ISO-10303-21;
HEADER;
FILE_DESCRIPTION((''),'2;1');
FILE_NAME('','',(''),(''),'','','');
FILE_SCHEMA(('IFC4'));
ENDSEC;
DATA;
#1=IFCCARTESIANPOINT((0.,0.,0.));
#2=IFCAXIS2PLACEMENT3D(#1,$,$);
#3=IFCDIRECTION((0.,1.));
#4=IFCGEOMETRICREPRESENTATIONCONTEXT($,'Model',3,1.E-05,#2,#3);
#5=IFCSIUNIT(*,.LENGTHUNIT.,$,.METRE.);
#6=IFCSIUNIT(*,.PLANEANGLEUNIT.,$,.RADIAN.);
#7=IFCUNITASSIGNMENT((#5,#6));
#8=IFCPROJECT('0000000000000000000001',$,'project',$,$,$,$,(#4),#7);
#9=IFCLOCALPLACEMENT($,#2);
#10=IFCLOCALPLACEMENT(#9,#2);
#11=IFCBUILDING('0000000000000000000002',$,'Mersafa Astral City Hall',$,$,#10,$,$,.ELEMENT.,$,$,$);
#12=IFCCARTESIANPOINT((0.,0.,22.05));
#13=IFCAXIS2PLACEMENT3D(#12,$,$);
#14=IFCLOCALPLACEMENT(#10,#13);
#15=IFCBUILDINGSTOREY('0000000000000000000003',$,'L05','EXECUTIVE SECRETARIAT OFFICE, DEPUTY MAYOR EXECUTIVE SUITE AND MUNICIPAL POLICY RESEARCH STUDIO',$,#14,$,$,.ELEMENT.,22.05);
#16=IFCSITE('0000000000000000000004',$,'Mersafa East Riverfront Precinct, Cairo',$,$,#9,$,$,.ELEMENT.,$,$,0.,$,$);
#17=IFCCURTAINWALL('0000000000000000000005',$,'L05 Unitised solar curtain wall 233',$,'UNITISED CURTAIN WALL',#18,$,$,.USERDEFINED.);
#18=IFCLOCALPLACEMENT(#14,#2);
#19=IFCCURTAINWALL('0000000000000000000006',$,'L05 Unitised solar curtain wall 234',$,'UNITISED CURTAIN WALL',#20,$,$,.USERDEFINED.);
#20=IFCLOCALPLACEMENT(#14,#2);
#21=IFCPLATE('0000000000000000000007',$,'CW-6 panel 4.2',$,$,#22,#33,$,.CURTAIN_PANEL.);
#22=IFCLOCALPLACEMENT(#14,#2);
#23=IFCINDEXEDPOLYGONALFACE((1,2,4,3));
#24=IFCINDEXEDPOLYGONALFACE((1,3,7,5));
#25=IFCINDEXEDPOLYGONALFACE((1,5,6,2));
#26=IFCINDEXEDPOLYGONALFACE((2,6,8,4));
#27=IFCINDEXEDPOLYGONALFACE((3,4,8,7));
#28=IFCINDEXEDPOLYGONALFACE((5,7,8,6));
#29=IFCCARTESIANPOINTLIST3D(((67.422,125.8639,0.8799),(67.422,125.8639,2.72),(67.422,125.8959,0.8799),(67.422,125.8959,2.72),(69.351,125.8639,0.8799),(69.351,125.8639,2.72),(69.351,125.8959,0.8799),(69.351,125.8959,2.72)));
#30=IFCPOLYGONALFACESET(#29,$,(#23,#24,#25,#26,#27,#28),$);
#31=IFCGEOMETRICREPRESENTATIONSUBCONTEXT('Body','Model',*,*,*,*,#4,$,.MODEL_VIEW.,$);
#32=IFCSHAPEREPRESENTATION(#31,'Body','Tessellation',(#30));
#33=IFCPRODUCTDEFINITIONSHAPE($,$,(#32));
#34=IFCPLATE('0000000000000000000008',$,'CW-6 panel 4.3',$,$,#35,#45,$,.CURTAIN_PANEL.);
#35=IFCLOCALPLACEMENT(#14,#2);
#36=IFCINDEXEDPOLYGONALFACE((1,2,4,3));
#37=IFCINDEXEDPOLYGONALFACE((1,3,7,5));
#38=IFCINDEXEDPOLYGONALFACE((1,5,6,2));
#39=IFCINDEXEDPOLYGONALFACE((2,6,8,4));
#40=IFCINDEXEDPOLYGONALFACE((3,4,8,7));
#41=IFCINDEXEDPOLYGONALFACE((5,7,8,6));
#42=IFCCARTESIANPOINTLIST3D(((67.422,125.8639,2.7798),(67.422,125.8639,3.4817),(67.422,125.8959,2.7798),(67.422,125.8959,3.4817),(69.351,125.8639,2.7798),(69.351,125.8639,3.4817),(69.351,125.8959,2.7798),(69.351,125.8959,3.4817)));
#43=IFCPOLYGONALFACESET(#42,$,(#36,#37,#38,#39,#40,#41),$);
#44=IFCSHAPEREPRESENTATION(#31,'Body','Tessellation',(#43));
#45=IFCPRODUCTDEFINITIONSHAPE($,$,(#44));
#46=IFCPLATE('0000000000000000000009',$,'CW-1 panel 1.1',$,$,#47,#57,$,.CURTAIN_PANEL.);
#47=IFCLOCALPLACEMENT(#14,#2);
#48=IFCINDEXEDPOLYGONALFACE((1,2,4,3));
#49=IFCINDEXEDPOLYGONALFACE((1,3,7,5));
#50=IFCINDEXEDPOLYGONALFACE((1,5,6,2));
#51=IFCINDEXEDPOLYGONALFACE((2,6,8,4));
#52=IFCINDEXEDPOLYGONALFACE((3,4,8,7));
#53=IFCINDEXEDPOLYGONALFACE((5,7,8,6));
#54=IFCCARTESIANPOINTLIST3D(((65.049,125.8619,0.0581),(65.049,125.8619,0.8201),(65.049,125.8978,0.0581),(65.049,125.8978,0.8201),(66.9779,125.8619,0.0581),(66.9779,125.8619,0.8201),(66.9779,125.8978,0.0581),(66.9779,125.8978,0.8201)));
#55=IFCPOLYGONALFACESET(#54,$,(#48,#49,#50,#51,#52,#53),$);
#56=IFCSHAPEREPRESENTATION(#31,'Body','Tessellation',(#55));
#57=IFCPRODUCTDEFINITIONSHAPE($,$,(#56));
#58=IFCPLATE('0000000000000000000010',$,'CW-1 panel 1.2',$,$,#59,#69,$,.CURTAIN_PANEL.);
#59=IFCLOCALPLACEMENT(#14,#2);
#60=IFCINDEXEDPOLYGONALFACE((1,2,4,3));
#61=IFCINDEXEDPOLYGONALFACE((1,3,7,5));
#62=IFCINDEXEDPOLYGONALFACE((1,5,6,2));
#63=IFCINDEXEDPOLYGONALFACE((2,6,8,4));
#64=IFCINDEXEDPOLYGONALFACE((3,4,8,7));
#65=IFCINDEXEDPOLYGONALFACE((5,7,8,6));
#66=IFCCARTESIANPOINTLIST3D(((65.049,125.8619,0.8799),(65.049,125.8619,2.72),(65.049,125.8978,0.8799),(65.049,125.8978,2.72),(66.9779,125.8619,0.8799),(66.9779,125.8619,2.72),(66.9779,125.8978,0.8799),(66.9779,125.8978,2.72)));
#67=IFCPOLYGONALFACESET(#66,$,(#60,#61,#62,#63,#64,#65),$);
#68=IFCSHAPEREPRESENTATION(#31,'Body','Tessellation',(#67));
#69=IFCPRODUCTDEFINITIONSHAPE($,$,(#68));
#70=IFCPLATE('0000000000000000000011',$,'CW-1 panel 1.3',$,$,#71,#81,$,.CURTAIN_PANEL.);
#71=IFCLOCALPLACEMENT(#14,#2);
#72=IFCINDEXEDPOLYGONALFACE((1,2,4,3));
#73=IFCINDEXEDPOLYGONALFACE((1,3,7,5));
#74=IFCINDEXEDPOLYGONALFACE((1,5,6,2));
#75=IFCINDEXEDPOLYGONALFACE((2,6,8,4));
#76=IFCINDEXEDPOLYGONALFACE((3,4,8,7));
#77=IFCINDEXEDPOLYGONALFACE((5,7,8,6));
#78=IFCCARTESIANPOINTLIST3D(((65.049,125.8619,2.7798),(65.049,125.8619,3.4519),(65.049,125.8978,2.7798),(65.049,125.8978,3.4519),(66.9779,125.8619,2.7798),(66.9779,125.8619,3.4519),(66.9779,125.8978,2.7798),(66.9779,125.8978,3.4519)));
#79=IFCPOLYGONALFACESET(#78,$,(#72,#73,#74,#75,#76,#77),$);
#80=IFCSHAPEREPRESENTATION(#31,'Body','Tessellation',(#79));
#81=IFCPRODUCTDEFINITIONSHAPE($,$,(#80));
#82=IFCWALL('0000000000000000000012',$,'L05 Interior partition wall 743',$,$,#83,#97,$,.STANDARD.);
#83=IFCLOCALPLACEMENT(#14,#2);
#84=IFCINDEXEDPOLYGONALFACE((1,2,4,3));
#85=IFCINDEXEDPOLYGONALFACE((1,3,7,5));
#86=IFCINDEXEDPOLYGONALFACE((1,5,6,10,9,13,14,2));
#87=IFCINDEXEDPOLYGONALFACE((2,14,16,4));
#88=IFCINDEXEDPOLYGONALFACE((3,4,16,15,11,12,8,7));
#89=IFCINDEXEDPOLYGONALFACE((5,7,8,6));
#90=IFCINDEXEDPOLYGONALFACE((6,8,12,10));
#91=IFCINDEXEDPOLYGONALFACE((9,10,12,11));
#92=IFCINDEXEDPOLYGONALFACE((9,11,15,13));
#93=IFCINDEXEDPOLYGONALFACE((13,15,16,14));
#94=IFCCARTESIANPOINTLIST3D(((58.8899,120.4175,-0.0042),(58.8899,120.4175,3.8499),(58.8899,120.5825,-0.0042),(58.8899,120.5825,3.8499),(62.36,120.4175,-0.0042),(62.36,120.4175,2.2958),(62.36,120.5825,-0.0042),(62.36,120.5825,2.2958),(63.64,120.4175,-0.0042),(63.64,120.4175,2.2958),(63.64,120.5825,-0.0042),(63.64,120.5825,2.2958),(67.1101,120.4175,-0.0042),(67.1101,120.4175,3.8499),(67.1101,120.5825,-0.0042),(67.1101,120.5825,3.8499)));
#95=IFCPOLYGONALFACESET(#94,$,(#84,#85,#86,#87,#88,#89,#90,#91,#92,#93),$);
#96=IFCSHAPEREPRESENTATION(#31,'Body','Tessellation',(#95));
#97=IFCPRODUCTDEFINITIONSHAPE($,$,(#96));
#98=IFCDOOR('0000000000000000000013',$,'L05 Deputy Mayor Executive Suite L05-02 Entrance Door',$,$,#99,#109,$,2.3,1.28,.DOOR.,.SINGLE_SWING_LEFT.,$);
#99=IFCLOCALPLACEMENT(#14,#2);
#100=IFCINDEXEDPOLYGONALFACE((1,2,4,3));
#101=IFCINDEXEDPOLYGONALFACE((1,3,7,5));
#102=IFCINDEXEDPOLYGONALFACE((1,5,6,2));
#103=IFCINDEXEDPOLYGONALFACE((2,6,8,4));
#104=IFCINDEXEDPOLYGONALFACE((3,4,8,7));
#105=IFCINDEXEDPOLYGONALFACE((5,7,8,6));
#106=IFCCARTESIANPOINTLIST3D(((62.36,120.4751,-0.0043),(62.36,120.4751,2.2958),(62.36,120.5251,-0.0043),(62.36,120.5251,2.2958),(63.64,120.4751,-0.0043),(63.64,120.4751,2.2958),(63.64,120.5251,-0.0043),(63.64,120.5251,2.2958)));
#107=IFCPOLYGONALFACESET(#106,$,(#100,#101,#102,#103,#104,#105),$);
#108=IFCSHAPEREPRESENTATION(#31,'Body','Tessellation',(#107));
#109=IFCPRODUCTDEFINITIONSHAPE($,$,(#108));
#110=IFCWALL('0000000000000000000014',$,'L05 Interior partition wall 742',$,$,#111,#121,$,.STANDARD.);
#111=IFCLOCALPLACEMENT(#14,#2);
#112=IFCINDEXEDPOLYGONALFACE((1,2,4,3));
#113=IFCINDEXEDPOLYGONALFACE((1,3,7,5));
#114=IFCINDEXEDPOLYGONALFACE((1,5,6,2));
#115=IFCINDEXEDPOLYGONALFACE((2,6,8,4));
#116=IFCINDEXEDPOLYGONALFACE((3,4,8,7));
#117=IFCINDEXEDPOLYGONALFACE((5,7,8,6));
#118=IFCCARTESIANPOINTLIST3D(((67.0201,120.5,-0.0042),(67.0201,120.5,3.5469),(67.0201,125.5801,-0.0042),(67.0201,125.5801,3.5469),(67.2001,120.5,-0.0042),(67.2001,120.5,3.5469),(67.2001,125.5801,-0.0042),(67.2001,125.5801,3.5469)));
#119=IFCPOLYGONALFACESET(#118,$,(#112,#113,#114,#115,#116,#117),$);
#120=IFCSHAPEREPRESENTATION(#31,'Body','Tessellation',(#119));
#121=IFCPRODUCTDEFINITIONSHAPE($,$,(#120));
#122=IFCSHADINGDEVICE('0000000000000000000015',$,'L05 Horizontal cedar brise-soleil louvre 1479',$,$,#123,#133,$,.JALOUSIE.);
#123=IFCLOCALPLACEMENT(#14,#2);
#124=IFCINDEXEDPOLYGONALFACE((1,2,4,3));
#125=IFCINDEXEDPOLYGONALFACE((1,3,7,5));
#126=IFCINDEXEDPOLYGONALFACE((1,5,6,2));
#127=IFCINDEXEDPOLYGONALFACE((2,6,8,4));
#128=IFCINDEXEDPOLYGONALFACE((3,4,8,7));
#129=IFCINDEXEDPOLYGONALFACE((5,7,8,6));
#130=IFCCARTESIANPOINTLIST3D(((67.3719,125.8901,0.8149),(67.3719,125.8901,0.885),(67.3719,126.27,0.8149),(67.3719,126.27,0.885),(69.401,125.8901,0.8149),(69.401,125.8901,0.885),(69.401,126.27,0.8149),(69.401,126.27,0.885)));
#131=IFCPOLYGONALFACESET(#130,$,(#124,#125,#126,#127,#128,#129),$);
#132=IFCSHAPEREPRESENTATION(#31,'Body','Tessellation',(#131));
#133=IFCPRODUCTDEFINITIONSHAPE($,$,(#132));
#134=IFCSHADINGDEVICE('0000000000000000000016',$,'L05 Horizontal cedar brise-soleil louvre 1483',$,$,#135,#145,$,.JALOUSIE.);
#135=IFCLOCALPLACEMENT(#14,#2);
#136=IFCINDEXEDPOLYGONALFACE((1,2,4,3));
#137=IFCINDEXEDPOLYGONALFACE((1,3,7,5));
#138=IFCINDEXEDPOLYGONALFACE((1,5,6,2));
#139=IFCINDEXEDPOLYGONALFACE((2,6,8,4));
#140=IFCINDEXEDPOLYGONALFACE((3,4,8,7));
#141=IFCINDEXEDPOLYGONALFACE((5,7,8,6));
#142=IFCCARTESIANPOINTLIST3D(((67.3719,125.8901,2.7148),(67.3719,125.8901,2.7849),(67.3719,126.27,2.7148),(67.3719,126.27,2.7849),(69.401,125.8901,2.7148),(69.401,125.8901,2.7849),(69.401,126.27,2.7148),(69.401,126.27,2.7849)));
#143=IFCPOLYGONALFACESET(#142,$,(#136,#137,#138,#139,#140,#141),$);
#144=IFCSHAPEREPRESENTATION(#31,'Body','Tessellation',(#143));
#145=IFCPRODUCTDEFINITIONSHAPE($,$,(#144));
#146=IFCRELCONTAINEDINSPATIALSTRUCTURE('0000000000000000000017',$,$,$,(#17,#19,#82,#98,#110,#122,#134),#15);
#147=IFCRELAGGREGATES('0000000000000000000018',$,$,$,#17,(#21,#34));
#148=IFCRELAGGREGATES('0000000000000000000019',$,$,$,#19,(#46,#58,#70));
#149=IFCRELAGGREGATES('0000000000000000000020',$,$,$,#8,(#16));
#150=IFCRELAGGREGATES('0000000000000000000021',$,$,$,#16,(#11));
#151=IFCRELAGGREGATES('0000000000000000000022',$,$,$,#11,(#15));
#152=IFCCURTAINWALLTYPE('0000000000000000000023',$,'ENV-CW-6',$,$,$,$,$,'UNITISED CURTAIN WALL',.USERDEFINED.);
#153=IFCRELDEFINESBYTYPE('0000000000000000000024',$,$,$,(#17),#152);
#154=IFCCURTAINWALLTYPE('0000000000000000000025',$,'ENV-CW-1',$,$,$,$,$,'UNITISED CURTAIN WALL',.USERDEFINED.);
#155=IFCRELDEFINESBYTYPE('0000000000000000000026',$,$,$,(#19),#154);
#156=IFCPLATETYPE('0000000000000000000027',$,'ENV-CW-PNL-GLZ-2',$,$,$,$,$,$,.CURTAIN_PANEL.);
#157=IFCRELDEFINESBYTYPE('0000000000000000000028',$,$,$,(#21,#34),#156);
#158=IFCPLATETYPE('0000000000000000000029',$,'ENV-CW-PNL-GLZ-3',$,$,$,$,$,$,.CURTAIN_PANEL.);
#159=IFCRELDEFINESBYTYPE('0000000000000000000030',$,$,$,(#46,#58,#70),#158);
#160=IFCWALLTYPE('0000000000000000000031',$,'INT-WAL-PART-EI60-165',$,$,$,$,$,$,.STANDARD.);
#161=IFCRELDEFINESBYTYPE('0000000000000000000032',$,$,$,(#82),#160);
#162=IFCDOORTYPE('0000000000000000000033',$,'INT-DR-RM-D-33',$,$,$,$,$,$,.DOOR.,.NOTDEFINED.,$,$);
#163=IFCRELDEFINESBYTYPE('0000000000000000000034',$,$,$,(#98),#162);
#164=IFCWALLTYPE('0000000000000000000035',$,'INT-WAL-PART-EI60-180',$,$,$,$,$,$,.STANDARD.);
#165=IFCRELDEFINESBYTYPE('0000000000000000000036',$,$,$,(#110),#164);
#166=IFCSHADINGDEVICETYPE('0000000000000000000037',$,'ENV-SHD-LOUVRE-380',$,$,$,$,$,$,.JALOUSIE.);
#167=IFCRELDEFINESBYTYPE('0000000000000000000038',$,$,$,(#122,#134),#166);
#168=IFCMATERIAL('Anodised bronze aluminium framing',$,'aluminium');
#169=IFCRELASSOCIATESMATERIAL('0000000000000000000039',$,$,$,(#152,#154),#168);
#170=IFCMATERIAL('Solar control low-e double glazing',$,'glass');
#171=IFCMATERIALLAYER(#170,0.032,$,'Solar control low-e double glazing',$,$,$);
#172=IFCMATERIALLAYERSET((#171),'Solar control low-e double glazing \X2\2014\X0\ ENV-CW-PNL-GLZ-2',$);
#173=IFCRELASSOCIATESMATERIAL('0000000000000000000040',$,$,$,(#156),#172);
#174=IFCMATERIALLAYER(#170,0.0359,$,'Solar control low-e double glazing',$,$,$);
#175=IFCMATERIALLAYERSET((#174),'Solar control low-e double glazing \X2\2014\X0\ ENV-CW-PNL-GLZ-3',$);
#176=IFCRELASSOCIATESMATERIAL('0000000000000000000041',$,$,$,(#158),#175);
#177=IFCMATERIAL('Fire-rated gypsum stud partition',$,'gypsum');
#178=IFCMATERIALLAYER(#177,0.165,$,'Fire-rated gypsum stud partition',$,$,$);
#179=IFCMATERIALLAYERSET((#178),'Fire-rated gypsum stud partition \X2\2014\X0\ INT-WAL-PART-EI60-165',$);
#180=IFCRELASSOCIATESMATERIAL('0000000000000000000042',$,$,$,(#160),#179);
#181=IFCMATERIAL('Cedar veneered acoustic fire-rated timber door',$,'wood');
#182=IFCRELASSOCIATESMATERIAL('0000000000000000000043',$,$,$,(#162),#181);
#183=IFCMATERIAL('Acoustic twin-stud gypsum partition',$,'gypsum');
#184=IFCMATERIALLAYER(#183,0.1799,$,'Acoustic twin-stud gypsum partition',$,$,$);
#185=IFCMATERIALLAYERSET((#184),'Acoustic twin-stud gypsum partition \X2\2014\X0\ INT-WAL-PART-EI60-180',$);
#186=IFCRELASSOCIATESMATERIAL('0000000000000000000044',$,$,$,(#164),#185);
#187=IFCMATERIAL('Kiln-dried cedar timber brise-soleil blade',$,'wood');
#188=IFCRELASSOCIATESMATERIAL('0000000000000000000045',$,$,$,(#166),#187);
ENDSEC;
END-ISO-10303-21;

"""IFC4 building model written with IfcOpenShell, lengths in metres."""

from ifc_helpers import new_model, si_unit, direction, frame, frame_2d, origin, origin_2d, place, context, subcontext, project, spatial, rectangle, extrude, material, layer, layer_set, type_object, element, fill, aggregate, save


model = new_model("IFC4")

# Units and contexts
model_context = context("Model", 3, precision=1e-05, world=origin(), true_north=direction((0.0, 1.0)))
body_context = subcontext(model_context, "Body", "Model", "MODEL_VIEW")
ifc_project = project(units=[si_unit("LENGTHUNIT", "METRE"), si_unit("PLANEANGLEUNIT", "RADIAN")], contexts=[model_context])

# Site, building, storey
site_placement = place(None, origin())
site = spatial("IfcSite", under=ifc_project, at=site_placement, Name="Mersafa East Riverfront Precinct, Cairo", CompositionType="ELEMENT", RefElevation=0.0)
building_placement = place(site_placement, origin())
building = spatial("IfcBuilding", under=site, at=building_placement, Name="Mersafa Astral City Hall", CompositionType="ELEMENT")
storey_placement = place(building_placement, frame((0.0, 0.0, 22.05)))
storey = spatial("IfcBuildingStorey", under=building, at=storey_placement, Name="L05", Description="EXECUTIVE SECRETARIAT OFFICE, DEPUTY MAYOR EXECUTIVE SUITE AND MUNICIPAL POLICY RESEARCH STUDIO", CompositionType="ELEMENT", Elevation=22.05)

# Curtain wall
ifc_material_1 = material(Name="Anodised bronze aluminium framing", Category="aluminium")
curtain_wall_type_1 = type_object("IfcCurtainWallType", Name="ENV-CW-6", ElementType="UNITISED CURTAIN WALL", PredefinedType="USERDEFINED", material=ifc_material_1)
curtain_wall_1_placement = place(storey_placement, origin())
curtain_wall_1 = element("IfcCurtainWall", 1, at=curtain_wall_1_placement, inside=storey, type_object=curtain_wall_type_1, Name="L05 Unitised solar curtain wall 233", ObjectType="UNITISED CURTAIN WALL", PredefinedType="USERDEFINED")

# Curtain wall
curtain_wall_type_2 = type_object("IfcCurtainWallType", Name="ENV-CW-1", ElementType="UNITISED CURTAIN WALL", PredefinedType="USERDEFINED", material=ifc_material_1)
curtain_wall_2_placement = place(storey_placement, origin())
curtain_wall_2 = element("IfcCurtainWall", 2, at=curtain_wall_2_placement, inside=storey, type_object=curtain_wall_type_2, Name="L05 Unitised solar curtain wall 234", ObjectType="UNITISED CURTAIN WALL", PredefinedType="USERDEFINED")

# Plates
ifc_material_2 = material(Name="Solar control low-e double glazing", Category="glass")
ifc_layer_1 = layer(ifc_material_2, 0.032, Name="Solar control low-e double glazing")
ifc_layer_set_1 = layer_set([ifc_layer_1], Name="Solar control low-e double glazing — ENV-CW-PNL-GLZ-2")
plate_type_1 = type_object("IfcPlateType", Name="ENV-CW-PNL-GLZ-2", PredefinedType="CURTAIN_PANEL", material=ifc_layer_set_1)
plate_1_placement = place(storey_placement, frame((68.3865, 125.8799, 0.8799), z_axis=(0.0, 0.0, 1.0), x_axis=(-1.0, 0.0, 0.0)))
plate_1 = element("IfcPlate", 3, at=plate_1_placement, type_object=plate_type_1, Name="CW-6 panel 4.2", PredefinedType="CURTAIN_PANEL", context=body_context, shape_type="SweptSolid", body=[
    extrude(rectangle(XDim=1.929, YDim=0.032, at=origin_2d()), origin(), (0.0, 0.0, 1.0), 1.8401),
])
plate_2_placement = place(storey_placement, frame((68.3865, 125.8799, 2.7798), z_axis=(0.0, 0.0, 1.0), x_axis=(-1.0, 0.0, 0.0)))
plate_2 = element("IfcPlate", 4, at=plate_2_placement, type_object=plate_type_1, Name="CW-6 panel 4.3", PredefinedType="CURTAIN_PANEL", context=body_context, shape_type="SweptSolid", body=[
    extrude(rectangle(XDim=1.929, YDim=0.032, at=origin_2d()), origin(), (0.0, 0.0, 1.0), 0.7019),
])
aggregate(curtain_wall_1, [plate_1, plate_2])
ifc_layer_2 = layer(ifc_material_2, 0.0359, Name="Solar control low-e double glazing")
ifc_layer_set_2 = layer_set([ifc_layer_2], Name="Solar control low-e double glazing — ENV-CW-PNL-GLZ-3")
plate_type_2 = type_object("IfcPlateType", Name="ENV-CW-PNL-GLZ-3", PredefinedType="CURTAIN_PANEL", material=ifc_layer_set_2)
plate_3_placement = place(storey_placement, frame((66.0134, 125.8799, 0.0581), z_axis=(0.0, 0.0, 1.0), x_axis=(-1.0, 0.0, 0.0)))
plate_3 = element("IfcPlate", 5, at=plate_3_placement, type_object=plate_type_2, Name="CW-1 panel 1.1", PredefinedType="CURTAIN_PANEL", context=body_context, shape_type="SweptSolid", body=[
    extrude(rectangle(XDim=1.929, YDim=0.0359, at=origin_2d()), origin(), (0.0, 0.0, 1.0), 0.762),
])
plate_4_placement = place(storey_placement, frame((66.0134, 125.8799, 0.8799), z_axis=(0.0, 0.0, 1.0), x_axis=(-1.0, 0.0, 0.0)))
plate_4 = element("IfcPlate", 6, at=plate_4_placement, type_object=plate_type_2, Name="CW-1 panel 1.2", PredefinedType="CURTAIN_PANEL", context=body_context, shape_type="SweptSolid", body=[
    extrude(rectangle(XDim=1.929, YDim=0.0359, at=origin_2d()), origin(), (0.0, 0.0, 1.0), 1.8401),
])
plate_5_placement = place(storey_placement, frame((66.0134, 125.8799, 2.7798), z_axis=(0.0, 0.0, 1.0), x_axis=(-1.0, 0.0, 0.0)))
plate_5 = element("IfcPlate", 7, at=plate_5_placement, type_object=plate_type_2, Name="CW-1 panel 1.3", PredefinedType="CURTAIN_PANEL", context=body_context, shape_type="SweptSolid", body=[
    extrude(rectangle(XDim=1.929, YDim=0.0359, at=origin_2d()), origin(), (0.0, 0.0, 1.0), 0.6721),
])
aggregate(curtain_wall_2, [plate_3, plate_4, plate_5])

# Wall, opening, door
ifc_material_3 = material(Name="Fire-rated gypsum stud partition", Category="gypsum")
ifc_layer_3 = layer(ifc_material_3, 0.165, Name="Fire-rated gypsum stud partition")
ifc_layer_set_3 = layer_set([ifc_layer_3], Name="Fire-rated gypsum stud partition — INT-WAL-PART-EI60-165")
wall_type_1 = type_object("IfcWallType", Name="INT-WAL-PART-EI60-165", PredefinedType="STANDARD", material=ifc_layer_set_3)
wall_1_placement = place(storey_placement, frame((67.1101, 120.5, -0.0042), z_axis=(0.0, 0.0, 1.0), x_axis=(-1.0, 0.0, 0.0)))
wall_1 = element("IfcWall", 8, at=wall_1_placement, inside=storey, type_object=wall_type_1, Name="L05 Interior partition wall 743", PredefinedType="STANDARD", context=body_context, shape_type="SweptSolid", body=[
    extrude(rectangle(XDim=8.2202, YDim=0.165, at=frame_2d((4.1101, 0.0))), origin(), (0.0, 0.0, 1.0), 3.854),
])
opening_placement = place(wall_1_placement, frame((3.47, 0.0, 0.0)))
opening = element("IfcOpeningElement", 9, at=opening_placement, cuts=wall_1, PredefinedType="OPENING", context=body_context, shape_type="SweptSolid", body=[
    extrude(rectangle(XDim=1.28, YDim=2.3, at=frame_2d((0.6401, 1.1499))), frame((0.0, 0.0925, 0.0), z_axis=(0.0, -1.0, 0.0), x_axis=(1.0, 0.0, 0.0)), (0.0, 0.0, 1.0), 0.1851),
])
ifc_material_4 = material(Name="Cedar veneered acoustic fire-rated timber door", Category="wood")
door_type = type_object("IfcDoorType", Name="INT-DR-RM-D-33", OperationType="NOTDEFINED", PredefinedType="DOOR", material=ifc_material_4)
door_placement = place(opening_placement, origin())
door = element("IfcDoor", 10, at=door_placement, inside=storey, type_object=door_type, Name="L05 Deputy Mayor Executive Suite L05-02 Entrance Door", OperationType="SINGLE_SWING_LEFT", OverallHeight=2.3, OverallWidth=1.28, PredefinedType="DOOR", context=body_context, shape_type="SweptSolid", body=[
    extrude(rectangle(XDim=1.28, YDim=2.3, at=frame_2d((0.6401, 1.1499))), frame((0.0, 0.0249, 0.0), z_axis=(0.0, -1.0, 0.0), x_axis=(1.0, 0.0, 0.0)), (0.0, 0.0, 1.0), 0.05),
])
fill(opening, door)

# Wall
ifc_material_5 = material(Name="Acoustic twin-stud gypsum partition", Category="gypsum")
ifc_layer_4 = layer(ifc_material_5, 0.1799, Name="Acoustic twin-stud gypsum partition")
ifc_layer_set_4 = layer_set([ifc_layer_4], Name="Acoustic twin-stud gypsum partition — INT-WAL-PART-EI60-180")
wall_type_2 = type_object("IfcWallType", Name="INT-WAL-PART-EI60-180", PredefinedType="STANDARD", material=ifc_layer_set_4)
wall_2_placement = place(storey_placement, frame((67.1101, 125.5801, -0.0042), z_axis=(0.0, 0.0, 1.0), x_axis=(0.0, -1.0, 0.0)))
element("IfcWall", 11, at=wall_2_placement, inside=storey, type_object=wall_type_2, Name="L05 Interior partition wall 742", PredefinedType="STANDARD", context=body_context, shape_type="SweptSolid", body=[
    extrude(rectangle(XDim=5.0801, YDim=0.1799, at=frame_2d((2.54, 0.0))), origin(), (0.0, 0.0, 1.0), 3.551),
])

# Shading devices
ifc_material_6 = material(Name="Kiln-dried cedar timber brise-soleil blade", Category="wood")
shading_device_type = type_object("IfcShadingDeviceType", Name="ENV-SHD-LOUVRE-380", PredefinedType="JALOUSIE", material=ifc_material_6)
for number, where, z_axis, x_axis, name in (
    (12, (68.3865, 126.0801, 0.8149), (0.0, 0.0, 1.0), (-1.0, 0.0, 0.0), "L05 Horizontal cedar brise-soleil louvre 1479"),
    (13, (68.3865, 126.0801, 2.7148), (0.0, 0.0, 1.0), (-1.0, 0.0, 0.0), "L05 Horizontal cedar brise-soleil louvre 1483"),
):
    element("IfcShadingDevice", number, at=place(storey_placement, frame(where, z_axis=z_axis, x_axis=x_axis)), inside=storey, type_object=shading_device_type, Name=name, PredefinedType="JALOUSIE", context=body_context, shape_type="SweptSolid", body=[
        extrude(rectangle(XDim=2.0291, YDim=0.3799, at=origin_2d()), origin(), (0.0, 0.0, 1.0), 0.0701),
    ])

save(model, "model.ifc")
